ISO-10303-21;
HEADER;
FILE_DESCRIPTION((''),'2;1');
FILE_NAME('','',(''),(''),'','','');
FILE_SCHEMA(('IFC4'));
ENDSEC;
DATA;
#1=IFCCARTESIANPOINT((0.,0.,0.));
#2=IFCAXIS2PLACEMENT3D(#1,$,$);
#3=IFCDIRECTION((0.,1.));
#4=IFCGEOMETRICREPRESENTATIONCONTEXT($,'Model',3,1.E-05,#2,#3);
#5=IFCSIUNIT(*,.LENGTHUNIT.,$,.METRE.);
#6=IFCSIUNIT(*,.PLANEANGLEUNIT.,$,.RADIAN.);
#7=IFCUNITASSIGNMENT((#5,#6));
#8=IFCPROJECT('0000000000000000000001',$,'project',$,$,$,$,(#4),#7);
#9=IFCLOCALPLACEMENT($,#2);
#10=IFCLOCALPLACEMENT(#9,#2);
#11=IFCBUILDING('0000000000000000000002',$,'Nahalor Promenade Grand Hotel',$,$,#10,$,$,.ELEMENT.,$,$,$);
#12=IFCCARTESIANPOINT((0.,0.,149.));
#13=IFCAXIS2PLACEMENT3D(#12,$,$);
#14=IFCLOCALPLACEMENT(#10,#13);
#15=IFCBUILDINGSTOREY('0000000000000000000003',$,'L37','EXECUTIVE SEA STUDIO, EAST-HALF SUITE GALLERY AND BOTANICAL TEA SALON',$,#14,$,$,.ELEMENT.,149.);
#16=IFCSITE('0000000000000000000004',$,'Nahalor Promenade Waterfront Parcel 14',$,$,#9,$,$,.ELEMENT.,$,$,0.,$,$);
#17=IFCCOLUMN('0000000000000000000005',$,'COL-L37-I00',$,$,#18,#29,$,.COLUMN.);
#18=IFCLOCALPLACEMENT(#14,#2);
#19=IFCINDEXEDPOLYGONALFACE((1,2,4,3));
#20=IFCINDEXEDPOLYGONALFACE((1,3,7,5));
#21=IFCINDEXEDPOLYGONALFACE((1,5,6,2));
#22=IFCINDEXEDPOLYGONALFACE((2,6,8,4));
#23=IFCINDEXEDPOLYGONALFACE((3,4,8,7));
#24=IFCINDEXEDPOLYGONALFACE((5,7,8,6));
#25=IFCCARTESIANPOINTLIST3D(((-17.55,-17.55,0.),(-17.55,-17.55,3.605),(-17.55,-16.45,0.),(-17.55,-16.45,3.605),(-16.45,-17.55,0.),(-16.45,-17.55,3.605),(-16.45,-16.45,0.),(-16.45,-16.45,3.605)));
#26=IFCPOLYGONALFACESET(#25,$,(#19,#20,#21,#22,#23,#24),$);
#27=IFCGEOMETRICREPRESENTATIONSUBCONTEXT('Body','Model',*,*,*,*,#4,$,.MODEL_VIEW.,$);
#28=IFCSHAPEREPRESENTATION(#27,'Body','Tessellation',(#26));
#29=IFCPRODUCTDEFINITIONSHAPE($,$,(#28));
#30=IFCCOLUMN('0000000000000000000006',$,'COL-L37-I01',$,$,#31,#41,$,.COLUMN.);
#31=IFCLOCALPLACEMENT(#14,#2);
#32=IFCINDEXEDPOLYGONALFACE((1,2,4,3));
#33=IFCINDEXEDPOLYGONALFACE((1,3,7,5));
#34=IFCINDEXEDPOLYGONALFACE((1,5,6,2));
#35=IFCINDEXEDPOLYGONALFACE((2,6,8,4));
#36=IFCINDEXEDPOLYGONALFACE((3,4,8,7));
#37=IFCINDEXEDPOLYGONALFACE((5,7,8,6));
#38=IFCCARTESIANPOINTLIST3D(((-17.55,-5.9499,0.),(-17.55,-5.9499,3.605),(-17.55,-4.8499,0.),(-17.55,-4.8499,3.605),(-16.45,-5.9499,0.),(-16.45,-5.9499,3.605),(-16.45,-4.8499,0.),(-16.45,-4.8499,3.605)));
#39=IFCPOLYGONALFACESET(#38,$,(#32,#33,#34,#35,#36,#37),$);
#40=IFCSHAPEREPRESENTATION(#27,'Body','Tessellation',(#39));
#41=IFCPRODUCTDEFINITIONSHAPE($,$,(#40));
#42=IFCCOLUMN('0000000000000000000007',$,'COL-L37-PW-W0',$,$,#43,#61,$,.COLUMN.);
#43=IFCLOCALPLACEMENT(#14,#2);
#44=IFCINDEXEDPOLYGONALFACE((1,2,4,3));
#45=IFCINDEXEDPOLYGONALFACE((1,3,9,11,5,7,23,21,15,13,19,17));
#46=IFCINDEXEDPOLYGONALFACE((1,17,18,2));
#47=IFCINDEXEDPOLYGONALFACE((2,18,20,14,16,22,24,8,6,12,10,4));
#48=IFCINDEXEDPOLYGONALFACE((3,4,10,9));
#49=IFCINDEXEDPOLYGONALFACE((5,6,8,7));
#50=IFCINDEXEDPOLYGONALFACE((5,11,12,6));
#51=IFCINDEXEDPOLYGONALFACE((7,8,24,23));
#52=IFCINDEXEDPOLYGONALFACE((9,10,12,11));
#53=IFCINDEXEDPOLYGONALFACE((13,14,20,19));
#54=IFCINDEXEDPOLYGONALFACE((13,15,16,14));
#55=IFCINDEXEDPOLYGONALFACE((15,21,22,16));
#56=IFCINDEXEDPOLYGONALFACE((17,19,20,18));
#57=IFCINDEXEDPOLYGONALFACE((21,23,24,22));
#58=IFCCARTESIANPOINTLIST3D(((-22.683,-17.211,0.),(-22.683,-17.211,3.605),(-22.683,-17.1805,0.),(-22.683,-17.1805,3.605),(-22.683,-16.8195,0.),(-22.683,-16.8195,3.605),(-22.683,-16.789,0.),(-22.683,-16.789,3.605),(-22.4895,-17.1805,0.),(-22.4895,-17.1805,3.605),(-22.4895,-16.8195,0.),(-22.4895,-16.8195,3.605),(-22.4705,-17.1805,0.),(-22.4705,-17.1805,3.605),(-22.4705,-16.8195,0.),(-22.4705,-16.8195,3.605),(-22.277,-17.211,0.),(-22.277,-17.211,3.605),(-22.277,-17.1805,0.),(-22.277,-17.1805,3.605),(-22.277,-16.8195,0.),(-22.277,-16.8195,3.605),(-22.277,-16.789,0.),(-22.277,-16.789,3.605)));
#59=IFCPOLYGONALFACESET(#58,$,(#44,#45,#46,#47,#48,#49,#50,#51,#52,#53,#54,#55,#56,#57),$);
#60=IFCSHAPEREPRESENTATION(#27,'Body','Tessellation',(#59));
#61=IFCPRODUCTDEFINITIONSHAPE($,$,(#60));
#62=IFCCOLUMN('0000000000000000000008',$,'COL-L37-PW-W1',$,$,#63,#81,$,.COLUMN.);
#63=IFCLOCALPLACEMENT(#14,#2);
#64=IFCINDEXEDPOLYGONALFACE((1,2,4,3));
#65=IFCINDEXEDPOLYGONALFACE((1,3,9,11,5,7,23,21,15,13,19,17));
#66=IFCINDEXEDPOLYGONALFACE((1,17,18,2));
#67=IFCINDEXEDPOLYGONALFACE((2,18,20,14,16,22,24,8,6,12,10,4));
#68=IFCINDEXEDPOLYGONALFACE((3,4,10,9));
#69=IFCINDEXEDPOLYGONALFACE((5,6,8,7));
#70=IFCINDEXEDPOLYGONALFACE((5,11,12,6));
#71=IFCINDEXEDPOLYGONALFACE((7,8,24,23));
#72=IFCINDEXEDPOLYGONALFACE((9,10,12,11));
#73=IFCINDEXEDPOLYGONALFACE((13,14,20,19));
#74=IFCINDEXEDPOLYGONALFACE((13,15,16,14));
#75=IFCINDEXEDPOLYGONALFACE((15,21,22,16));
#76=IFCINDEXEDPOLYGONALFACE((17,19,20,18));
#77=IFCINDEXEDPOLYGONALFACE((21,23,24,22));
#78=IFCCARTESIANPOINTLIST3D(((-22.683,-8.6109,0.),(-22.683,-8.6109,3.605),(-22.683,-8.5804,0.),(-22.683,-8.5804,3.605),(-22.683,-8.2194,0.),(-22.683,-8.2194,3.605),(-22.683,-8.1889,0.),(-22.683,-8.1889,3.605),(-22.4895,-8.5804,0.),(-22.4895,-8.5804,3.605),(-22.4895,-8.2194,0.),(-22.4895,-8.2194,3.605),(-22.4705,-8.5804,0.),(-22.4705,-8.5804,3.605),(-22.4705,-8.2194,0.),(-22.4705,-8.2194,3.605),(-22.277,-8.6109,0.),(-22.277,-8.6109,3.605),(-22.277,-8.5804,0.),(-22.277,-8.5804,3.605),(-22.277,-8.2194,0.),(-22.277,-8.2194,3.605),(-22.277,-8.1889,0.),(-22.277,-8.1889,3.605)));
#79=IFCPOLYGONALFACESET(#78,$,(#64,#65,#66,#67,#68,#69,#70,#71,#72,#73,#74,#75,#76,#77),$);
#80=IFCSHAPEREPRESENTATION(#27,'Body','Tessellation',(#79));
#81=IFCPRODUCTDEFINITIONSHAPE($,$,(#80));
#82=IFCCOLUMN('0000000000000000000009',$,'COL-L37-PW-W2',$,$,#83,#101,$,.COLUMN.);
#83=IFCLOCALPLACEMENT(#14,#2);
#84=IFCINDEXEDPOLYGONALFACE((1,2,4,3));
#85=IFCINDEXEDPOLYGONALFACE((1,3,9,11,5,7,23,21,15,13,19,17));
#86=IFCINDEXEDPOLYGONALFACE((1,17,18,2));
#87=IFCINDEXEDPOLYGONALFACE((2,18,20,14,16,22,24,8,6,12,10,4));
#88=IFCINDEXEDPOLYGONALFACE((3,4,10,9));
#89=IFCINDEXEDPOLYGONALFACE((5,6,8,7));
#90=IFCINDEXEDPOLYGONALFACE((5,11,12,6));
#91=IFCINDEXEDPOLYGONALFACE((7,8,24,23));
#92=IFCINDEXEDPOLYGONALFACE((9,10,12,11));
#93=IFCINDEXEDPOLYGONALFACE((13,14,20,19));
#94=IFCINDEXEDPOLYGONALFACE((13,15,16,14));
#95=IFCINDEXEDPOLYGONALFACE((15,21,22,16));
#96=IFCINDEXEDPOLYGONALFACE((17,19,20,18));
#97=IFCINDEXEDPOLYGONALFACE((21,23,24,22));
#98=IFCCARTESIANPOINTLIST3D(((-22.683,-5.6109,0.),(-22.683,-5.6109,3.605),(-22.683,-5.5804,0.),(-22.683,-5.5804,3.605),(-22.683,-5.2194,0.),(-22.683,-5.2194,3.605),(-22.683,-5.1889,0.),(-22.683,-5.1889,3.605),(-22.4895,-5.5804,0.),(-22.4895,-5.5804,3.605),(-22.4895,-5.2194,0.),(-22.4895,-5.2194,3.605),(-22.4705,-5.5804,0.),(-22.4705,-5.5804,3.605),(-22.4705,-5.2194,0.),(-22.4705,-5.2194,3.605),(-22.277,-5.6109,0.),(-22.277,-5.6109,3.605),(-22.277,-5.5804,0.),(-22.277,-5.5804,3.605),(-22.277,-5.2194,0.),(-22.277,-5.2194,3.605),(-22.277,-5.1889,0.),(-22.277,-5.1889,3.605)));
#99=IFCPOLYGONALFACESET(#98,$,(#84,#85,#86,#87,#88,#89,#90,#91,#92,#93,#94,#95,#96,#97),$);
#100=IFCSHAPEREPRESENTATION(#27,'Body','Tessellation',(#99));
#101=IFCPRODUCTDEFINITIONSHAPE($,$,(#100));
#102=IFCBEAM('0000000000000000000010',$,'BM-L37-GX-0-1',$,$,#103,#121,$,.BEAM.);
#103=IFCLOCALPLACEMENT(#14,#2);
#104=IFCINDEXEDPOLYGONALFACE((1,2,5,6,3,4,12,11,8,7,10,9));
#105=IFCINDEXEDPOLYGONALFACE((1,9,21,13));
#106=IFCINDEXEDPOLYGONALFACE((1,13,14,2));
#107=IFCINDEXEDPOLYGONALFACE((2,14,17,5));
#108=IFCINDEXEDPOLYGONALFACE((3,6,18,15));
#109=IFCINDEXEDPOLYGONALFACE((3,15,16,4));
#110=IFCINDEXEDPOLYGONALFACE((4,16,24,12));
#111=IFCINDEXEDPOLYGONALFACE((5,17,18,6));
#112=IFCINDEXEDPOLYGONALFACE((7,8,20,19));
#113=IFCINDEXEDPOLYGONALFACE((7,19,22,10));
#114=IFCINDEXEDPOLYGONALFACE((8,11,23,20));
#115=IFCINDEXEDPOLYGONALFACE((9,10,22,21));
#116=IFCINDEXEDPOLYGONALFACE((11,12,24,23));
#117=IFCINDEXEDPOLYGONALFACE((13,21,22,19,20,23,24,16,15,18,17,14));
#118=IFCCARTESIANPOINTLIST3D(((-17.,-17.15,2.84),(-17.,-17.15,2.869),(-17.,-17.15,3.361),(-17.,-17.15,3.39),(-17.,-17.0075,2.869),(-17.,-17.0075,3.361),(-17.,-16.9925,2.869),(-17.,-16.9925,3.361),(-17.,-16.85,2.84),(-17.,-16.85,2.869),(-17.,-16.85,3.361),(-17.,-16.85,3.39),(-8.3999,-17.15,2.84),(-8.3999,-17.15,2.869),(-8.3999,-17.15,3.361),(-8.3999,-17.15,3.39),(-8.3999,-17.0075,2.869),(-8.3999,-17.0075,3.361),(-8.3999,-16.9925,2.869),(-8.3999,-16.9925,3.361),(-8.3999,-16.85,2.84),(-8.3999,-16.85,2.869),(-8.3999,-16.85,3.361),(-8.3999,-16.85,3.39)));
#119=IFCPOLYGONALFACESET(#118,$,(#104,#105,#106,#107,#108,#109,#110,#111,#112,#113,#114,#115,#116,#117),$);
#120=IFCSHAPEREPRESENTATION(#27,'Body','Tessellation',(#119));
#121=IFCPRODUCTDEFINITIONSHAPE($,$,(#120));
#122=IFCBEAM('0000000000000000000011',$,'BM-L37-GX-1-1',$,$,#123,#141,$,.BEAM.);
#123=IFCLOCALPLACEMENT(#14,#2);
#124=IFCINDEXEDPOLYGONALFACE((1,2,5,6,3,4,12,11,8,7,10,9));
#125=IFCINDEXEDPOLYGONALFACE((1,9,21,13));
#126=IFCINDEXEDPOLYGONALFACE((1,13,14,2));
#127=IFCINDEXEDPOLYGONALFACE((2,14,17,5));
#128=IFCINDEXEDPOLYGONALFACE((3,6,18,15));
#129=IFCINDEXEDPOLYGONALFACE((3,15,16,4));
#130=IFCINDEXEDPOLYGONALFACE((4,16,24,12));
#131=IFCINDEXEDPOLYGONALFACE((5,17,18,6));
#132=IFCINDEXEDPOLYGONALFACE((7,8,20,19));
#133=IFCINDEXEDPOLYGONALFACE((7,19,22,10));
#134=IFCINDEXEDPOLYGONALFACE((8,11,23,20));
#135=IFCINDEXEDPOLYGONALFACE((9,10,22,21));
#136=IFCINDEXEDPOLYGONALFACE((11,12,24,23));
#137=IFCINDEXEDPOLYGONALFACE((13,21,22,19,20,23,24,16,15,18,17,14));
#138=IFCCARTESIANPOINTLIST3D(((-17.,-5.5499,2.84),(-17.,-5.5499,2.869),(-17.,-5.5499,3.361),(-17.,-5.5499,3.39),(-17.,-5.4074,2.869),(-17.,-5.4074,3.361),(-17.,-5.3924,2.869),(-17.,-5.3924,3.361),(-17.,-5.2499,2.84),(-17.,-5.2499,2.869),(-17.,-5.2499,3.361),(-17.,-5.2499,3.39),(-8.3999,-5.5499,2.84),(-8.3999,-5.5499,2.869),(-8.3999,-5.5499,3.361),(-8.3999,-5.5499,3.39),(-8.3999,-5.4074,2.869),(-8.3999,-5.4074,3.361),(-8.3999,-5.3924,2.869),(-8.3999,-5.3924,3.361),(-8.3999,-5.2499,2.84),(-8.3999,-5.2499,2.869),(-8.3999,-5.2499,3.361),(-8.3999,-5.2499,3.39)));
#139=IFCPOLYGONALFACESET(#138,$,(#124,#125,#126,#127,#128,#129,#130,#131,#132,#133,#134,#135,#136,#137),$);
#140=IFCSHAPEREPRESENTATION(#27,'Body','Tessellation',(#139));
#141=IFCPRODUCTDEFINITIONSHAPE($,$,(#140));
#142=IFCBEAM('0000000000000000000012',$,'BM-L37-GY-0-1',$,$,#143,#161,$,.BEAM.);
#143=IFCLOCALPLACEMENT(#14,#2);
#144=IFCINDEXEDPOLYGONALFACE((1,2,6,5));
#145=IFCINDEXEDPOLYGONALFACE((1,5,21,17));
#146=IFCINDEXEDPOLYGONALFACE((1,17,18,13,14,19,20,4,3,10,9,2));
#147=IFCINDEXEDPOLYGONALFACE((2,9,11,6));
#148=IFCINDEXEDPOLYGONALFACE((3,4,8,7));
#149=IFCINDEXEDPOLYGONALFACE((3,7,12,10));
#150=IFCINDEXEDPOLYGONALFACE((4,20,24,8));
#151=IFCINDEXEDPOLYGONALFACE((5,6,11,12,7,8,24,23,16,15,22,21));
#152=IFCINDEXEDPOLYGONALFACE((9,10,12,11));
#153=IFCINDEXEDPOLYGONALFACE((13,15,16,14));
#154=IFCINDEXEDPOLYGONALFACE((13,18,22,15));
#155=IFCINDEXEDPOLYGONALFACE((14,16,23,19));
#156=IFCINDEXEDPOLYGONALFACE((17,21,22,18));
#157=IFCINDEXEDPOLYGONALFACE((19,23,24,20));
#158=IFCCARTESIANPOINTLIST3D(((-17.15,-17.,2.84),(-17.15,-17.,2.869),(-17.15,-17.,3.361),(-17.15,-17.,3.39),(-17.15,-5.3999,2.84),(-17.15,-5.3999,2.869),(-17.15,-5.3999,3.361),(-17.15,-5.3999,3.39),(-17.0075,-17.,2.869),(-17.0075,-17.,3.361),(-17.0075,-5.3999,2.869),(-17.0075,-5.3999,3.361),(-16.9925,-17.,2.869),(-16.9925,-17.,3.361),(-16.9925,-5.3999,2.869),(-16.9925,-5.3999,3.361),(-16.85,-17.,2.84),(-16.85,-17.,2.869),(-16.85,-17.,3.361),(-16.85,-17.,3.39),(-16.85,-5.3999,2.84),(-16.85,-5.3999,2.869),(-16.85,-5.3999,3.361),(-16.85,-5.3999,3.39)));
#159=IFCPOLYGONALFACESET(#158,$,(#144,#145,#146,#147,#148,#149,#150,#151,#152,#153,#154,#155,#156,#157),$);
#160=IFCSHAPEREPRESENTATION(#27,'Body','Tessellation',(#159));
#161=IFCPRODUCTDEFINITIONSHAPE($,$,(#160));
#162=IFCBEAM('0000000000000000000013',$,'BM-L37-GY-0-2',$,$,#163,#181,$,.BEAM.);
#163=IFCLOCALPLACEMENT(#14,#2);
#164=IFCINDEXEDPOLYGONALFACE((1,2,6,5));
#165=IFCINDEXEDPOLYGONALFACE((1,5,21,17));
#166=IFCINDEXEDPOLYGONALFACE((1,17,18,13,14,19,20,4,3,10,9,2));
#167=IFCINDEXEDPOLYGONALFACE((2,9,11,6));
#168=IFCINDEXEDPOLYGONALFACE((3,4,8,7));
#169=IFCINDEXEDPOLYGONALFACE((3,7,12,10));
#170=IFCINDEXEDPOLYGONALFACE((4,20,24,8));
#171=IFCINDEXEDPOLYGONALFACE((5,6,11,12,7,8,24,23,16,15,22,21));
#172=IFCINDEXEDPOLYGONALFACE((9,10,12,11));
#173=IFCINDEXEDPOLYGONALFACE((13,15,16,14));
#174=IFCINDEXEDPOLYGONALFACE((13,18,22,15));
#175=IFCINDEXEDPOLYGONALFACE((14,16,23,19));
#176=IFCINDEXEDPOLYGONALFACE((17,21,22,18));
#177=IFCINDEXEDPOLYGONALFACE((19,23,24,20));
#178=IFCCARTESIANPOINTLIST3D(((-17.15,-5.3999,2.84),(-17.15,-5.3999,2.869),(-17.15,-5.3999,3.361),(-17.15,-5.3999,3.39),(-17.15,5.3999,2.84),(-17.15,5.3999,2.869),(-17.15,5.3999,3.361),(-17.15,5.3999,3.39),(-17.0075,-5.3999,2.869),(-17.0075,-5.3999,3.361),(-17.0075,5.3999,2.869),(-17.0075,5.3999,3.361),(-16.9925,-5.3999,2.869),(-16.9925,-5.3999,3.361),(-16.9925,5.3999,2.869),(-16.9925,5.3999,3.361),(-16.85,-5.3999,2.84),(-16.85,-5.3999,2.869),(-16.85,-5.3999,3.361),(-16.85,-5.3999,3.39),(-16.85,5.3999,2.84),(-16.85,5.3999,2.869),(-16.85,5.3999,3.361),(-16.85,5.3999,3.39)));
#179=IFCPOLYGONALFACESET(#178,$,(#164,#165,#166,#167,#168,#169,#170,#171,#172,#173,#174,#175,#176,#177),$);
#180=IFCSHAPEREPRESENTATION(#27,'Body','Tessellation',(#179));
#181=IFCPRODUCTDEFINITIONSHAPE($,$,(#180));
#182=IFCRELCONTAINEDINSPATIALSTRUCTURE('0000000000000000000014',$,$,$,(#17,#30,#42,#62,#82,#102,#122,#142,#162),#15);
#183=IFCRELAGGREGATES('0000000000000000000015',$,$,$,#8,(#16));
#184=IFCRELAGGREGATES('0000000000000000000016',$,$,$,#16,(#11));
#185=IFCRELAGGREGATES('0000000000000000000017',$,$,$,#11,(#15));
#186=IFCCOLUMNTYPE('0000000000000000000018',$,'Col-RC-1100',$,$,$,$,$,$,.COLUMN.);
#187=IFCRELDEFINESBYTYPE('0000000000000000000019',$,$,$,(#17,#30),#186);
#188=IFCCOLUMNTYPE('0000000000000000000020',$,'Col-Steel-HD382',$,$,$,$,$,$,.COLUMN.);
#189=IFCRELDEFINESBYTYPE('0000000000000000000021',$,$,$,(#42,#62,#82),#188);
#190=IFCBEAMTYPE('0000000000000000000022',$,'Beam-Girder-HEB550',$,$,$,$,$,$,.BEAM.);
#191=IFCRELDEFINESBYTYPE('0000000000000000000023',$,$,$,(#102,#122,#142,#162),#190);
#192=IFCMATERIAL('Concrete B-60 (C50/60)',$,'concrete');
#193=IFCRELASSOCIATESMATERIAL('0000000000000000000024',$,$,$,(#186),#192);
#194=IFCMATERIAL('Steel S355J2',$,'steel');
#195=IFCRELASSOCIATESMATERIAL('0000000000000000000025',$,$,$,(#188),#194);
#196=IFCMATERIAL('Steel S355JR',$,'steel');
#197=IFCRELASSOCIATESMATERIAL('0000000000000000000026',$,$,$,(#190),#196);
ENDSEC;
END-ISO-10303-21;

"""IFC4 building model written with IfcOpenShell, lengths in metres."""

from ifc_helpers import new_model, si_unit, direction, frame, origin, origin_2d, place, context, subcontext, project, spatial, rectangle, i_section, extrude, source, transform, mapped, material, material_profile, profile_set, type_object, element, save


model = new_model("IFC4")

# Units and contexts
model_context = context("Model", 3, precision=1e-05, world=origin(), true_north=direction((0.0, 1.0)))
body_context = subcontext(model_context, "Body", "Model", "MODEL_VIEW")
ifc_project = project(units=[si_unit("LENGTHUNIT", "METRE"), si_unit("PLANEANGLEUNIT", "RADIAN")], contexts=[model_context])

# Site, building, storey
site_placement = place(None, origin())
site = spatial("IfcSite", under=ifc_project, at=site_placement, Name="Nahalor Promenade Waterfront Parcel 14", CompositionType="ELEMENT", RefElevation=0.0)
building_placement = place(site_placement, origin())
building = spatial("IfcBuilding", under=site, at=building_placement, Name="Nahalor Promenade Grand Hotel", CompositionType="ELEMENT")
storey_placement = place(building_placement, frame((0.0, 0.0, 149.0)))
storey = spatial("IfcBuildingStorey", under=building, at=storey_placement, Name="L37", Description="EXECUTIVE SEA STUDIO, EAST-HALF SUITE GALLERY AND BOTANICAL TEA SALON", CompositionType="ELEMENT", Elevation=149.0)

# Columns
ifc_material_1 = material(Name="Concrete B-60 (C50/60)", Category="concrete")
ifc_material_profile_1 = material_profile(ifc_material_1, rectangle(XDim=1.1, YDim=1.1, at=origin_2d()), Name="RC 1100x1100")
ifc_profile_set_1 = profile_set([ifc_material_profile_1], Name="Concrete B-60 (C50/60)")
column_type_1 = type_object("IfcColumnType", Name="Col-RC-1100", PredefinedType="COLUMN", material=ifc_profile_set_1)
shared_shape_1 = source(origin(), body_context, "Body", "SweptSolid", [
    extrude(rectangle(XDim=1.1, YDim=1.1, at=origin_2d()), origin(), (0.0, 0.0, 1.0), 3.605),
])
for number, where, z_axis, x_axis, name in (
    (1, (-17.0, -17.0, 0.0), (0.0, 0.0, 1.0), (1.0, 0.0, 0.0), "COL-L37-I00"),
    (2, (-17.0, -5.3999, 0.0), (0.0, 0.0, 1.0), (1.0, 0.0, 0.0), "COL-L37-I01"),
):
    element("IfcColumn", number, at=place(storey_placement, frame(where, z_axis=z_axis, x_axis=x_axis)), inside=storey, type_object=column_type_1, Name=name, PredefinedType="COLUMN", context=body_context, shape_type="MappedRepresentation", body=[
        mapped(shared_shape_1, transform((0.0, 0.0, 0.0), scale=1.0)),
    ])
ifc_material_2 = material(Name="Steel S355J2", Category="steel")
ifc_material_profile_2 = material_profile(ifc_material_2, i_section(OverallWidth=0.406, OverallDepth=0.422, WebThickness=0.019, FlangeThickness=0.0305, at=origin_2d()), Name="HD 400x382")
ifc_profile_set_2 = profile_set([ifc_material_profile_2], Name="Steel S355J2")
column_type_2 = type_object("IfcColumnType", Name="Col-Steel-HD382", PredefinedType="COLUMN", material=ifc_profile_set_2)
shared_shape_2 = source(origin(), body_context, "Body", "SweptSolid", [
    extrude(i_section(OverallWidth=0.406, OverallDepth=0.422, WebThickness=0.019, FlangeThickness=0.0305, at=origin_2d()), origin(), (0.0, 0.0, 1.0), 3.605),
])
for number, where, z_axis, x_axis, name in (
    (3, (-22.48, -17.0, 0.0), (0.0, 0.0, 1.0), (1.0, 0.0, 0.0), "COL-L37-PW-W0"),
    (4, (-22.48, -8.3999, 0.0), (0.0, 0.0, 1.0), (1.0, 0.0, 0.0), "COL-L37-PW-W1"),
    (5, (-22.48, -5.3999, 0.0), (0.0, 0.0, 1.0), (1.0, 0.0, 0.0), "COL-L37-PW-W2"),
):
    element("IfcColumn", number, at=place(storey_placement, frame(where, z_axis=z_axis, x_axis=x_axis)), inside=storey, type_object=column_type_2, Name=name, PredefinedType="COLUMN", context=body_context, shape_type="MappedRepresentation", body=[
        mapped(shared_shape_2, transform((0.0, 0.0, 0.0), scale=1.0)),
    ])

# Beams
ifc_material_3 = material(Name="Steel S355JR", Category="steel")
ifc_material_profile_3 = material_profile(ifc_material_3, i_section(OverallWidth=0.3, OverallDepth=0.55, WebThickness=0.015, FlangeThickness=0.029, at=origin_2d()), Name="HEB 550")
ifc_profile_set_3 = profile_set([ifc_material_profile_3], Name="Steel S355JR")
beam_type_1 = type_object("IfcBeamType", Name="Beam-Girder-HEB550", PredefinedType="BEAM", material=ifc_profile_set_3)
shared_shape_3 = source(origin(), body_context, "Body", "SweptSolid", [
    extrude(i_section(OverallWidth=0.3, OverallDepth=0.55, WebThickness=0.015, FlangeThickness=0.029, at=origin_2d()), origin(), (0.0, 0.0, 1.0), 8.6001),
])
for number, where, z_axis, x_axis, name in (
    (6, (-17.0, -17.0, 3.115), (1.0, 0.0, 0.0), (0.0, 1.0, 0.0), "BM-L37-GX-0-1"),
    (7, (-17.0, -5.3999, 3.115), (1.0, 0.0, 0.0), (0.0, 1.0, 0.0), "BM-L37-GX-1-1"),
):
    element("IfcBeam", number, at=place(storey_placement, frame(where, z_axis=z_axis, x_axis=x_axis)), inside=storey, type_object=beam_type_1, Name=name, PredefinedType="BEAM", context=body_context, shape_type="MappedRepresentation", body=[
        mapped(shared_shape_3, transform((0.0, 0.0, 0.0), scale=1.0)),
    ])
shared_shape_4 = source(origin(), body_context, "Body", "SweptSolid", [
    extrude(i_section(OverallWidth=0.3, OverallDepth=0.55, WebThickness=0.015, FlangeThickness=0.029, at=origin_2d()), origin(), (0.0, 0.0, 1.0), 11.6001),
])
beam_1_placement = place(storey_placement, frame((-17.0, -17.0, 3.115), z_axis=(0.0, 1.0, 0.0), x_axis=(-1.0, 0.0, 0.0)))
element("IfcBeam", 8, at=beam_1_placement, inside=storey, type_object=beam_type_1, Name="BM-L37-GY-0-1", PredefinedType="BEAM", context=body_context, shape_type="MappedRepresentation", body=[
    mapped(shared_shape_4, transform((0.0, 0.0, 0.0), scale=1.0)),
])
shared_shape_5 = source(origin(), body_context, "Body", "SweptSolid", [
    extrude(i_section(OverallWidth=0.3, OverallDepth=0.55, WebThickness=0.015, FlangeThickness=0.029, at=origin_2d()), origin(), (0.0, 0.0, 1.0), 10.7998),
])
beam_2_placement = place(storey_placement, frame((-17.0, -5.3999, 3.115), z_axis=(0.0, 1.0, 0.0), x_axis=(-1.0, 0.0, 0.0)))
element("IfcBeam", 9, at=beam_2_placement, inside=storey, type_object=beam_type_1, Name="BM-L37-GY-0-2", PredefinedType="BEAM", context=body_context, shape_type="MappedRepresentation", body=[
    mapped(shared_shape_5, transform((0.0, 0.0, 0.0), scale=1.0)),
])

save(model, "model.ifc")
